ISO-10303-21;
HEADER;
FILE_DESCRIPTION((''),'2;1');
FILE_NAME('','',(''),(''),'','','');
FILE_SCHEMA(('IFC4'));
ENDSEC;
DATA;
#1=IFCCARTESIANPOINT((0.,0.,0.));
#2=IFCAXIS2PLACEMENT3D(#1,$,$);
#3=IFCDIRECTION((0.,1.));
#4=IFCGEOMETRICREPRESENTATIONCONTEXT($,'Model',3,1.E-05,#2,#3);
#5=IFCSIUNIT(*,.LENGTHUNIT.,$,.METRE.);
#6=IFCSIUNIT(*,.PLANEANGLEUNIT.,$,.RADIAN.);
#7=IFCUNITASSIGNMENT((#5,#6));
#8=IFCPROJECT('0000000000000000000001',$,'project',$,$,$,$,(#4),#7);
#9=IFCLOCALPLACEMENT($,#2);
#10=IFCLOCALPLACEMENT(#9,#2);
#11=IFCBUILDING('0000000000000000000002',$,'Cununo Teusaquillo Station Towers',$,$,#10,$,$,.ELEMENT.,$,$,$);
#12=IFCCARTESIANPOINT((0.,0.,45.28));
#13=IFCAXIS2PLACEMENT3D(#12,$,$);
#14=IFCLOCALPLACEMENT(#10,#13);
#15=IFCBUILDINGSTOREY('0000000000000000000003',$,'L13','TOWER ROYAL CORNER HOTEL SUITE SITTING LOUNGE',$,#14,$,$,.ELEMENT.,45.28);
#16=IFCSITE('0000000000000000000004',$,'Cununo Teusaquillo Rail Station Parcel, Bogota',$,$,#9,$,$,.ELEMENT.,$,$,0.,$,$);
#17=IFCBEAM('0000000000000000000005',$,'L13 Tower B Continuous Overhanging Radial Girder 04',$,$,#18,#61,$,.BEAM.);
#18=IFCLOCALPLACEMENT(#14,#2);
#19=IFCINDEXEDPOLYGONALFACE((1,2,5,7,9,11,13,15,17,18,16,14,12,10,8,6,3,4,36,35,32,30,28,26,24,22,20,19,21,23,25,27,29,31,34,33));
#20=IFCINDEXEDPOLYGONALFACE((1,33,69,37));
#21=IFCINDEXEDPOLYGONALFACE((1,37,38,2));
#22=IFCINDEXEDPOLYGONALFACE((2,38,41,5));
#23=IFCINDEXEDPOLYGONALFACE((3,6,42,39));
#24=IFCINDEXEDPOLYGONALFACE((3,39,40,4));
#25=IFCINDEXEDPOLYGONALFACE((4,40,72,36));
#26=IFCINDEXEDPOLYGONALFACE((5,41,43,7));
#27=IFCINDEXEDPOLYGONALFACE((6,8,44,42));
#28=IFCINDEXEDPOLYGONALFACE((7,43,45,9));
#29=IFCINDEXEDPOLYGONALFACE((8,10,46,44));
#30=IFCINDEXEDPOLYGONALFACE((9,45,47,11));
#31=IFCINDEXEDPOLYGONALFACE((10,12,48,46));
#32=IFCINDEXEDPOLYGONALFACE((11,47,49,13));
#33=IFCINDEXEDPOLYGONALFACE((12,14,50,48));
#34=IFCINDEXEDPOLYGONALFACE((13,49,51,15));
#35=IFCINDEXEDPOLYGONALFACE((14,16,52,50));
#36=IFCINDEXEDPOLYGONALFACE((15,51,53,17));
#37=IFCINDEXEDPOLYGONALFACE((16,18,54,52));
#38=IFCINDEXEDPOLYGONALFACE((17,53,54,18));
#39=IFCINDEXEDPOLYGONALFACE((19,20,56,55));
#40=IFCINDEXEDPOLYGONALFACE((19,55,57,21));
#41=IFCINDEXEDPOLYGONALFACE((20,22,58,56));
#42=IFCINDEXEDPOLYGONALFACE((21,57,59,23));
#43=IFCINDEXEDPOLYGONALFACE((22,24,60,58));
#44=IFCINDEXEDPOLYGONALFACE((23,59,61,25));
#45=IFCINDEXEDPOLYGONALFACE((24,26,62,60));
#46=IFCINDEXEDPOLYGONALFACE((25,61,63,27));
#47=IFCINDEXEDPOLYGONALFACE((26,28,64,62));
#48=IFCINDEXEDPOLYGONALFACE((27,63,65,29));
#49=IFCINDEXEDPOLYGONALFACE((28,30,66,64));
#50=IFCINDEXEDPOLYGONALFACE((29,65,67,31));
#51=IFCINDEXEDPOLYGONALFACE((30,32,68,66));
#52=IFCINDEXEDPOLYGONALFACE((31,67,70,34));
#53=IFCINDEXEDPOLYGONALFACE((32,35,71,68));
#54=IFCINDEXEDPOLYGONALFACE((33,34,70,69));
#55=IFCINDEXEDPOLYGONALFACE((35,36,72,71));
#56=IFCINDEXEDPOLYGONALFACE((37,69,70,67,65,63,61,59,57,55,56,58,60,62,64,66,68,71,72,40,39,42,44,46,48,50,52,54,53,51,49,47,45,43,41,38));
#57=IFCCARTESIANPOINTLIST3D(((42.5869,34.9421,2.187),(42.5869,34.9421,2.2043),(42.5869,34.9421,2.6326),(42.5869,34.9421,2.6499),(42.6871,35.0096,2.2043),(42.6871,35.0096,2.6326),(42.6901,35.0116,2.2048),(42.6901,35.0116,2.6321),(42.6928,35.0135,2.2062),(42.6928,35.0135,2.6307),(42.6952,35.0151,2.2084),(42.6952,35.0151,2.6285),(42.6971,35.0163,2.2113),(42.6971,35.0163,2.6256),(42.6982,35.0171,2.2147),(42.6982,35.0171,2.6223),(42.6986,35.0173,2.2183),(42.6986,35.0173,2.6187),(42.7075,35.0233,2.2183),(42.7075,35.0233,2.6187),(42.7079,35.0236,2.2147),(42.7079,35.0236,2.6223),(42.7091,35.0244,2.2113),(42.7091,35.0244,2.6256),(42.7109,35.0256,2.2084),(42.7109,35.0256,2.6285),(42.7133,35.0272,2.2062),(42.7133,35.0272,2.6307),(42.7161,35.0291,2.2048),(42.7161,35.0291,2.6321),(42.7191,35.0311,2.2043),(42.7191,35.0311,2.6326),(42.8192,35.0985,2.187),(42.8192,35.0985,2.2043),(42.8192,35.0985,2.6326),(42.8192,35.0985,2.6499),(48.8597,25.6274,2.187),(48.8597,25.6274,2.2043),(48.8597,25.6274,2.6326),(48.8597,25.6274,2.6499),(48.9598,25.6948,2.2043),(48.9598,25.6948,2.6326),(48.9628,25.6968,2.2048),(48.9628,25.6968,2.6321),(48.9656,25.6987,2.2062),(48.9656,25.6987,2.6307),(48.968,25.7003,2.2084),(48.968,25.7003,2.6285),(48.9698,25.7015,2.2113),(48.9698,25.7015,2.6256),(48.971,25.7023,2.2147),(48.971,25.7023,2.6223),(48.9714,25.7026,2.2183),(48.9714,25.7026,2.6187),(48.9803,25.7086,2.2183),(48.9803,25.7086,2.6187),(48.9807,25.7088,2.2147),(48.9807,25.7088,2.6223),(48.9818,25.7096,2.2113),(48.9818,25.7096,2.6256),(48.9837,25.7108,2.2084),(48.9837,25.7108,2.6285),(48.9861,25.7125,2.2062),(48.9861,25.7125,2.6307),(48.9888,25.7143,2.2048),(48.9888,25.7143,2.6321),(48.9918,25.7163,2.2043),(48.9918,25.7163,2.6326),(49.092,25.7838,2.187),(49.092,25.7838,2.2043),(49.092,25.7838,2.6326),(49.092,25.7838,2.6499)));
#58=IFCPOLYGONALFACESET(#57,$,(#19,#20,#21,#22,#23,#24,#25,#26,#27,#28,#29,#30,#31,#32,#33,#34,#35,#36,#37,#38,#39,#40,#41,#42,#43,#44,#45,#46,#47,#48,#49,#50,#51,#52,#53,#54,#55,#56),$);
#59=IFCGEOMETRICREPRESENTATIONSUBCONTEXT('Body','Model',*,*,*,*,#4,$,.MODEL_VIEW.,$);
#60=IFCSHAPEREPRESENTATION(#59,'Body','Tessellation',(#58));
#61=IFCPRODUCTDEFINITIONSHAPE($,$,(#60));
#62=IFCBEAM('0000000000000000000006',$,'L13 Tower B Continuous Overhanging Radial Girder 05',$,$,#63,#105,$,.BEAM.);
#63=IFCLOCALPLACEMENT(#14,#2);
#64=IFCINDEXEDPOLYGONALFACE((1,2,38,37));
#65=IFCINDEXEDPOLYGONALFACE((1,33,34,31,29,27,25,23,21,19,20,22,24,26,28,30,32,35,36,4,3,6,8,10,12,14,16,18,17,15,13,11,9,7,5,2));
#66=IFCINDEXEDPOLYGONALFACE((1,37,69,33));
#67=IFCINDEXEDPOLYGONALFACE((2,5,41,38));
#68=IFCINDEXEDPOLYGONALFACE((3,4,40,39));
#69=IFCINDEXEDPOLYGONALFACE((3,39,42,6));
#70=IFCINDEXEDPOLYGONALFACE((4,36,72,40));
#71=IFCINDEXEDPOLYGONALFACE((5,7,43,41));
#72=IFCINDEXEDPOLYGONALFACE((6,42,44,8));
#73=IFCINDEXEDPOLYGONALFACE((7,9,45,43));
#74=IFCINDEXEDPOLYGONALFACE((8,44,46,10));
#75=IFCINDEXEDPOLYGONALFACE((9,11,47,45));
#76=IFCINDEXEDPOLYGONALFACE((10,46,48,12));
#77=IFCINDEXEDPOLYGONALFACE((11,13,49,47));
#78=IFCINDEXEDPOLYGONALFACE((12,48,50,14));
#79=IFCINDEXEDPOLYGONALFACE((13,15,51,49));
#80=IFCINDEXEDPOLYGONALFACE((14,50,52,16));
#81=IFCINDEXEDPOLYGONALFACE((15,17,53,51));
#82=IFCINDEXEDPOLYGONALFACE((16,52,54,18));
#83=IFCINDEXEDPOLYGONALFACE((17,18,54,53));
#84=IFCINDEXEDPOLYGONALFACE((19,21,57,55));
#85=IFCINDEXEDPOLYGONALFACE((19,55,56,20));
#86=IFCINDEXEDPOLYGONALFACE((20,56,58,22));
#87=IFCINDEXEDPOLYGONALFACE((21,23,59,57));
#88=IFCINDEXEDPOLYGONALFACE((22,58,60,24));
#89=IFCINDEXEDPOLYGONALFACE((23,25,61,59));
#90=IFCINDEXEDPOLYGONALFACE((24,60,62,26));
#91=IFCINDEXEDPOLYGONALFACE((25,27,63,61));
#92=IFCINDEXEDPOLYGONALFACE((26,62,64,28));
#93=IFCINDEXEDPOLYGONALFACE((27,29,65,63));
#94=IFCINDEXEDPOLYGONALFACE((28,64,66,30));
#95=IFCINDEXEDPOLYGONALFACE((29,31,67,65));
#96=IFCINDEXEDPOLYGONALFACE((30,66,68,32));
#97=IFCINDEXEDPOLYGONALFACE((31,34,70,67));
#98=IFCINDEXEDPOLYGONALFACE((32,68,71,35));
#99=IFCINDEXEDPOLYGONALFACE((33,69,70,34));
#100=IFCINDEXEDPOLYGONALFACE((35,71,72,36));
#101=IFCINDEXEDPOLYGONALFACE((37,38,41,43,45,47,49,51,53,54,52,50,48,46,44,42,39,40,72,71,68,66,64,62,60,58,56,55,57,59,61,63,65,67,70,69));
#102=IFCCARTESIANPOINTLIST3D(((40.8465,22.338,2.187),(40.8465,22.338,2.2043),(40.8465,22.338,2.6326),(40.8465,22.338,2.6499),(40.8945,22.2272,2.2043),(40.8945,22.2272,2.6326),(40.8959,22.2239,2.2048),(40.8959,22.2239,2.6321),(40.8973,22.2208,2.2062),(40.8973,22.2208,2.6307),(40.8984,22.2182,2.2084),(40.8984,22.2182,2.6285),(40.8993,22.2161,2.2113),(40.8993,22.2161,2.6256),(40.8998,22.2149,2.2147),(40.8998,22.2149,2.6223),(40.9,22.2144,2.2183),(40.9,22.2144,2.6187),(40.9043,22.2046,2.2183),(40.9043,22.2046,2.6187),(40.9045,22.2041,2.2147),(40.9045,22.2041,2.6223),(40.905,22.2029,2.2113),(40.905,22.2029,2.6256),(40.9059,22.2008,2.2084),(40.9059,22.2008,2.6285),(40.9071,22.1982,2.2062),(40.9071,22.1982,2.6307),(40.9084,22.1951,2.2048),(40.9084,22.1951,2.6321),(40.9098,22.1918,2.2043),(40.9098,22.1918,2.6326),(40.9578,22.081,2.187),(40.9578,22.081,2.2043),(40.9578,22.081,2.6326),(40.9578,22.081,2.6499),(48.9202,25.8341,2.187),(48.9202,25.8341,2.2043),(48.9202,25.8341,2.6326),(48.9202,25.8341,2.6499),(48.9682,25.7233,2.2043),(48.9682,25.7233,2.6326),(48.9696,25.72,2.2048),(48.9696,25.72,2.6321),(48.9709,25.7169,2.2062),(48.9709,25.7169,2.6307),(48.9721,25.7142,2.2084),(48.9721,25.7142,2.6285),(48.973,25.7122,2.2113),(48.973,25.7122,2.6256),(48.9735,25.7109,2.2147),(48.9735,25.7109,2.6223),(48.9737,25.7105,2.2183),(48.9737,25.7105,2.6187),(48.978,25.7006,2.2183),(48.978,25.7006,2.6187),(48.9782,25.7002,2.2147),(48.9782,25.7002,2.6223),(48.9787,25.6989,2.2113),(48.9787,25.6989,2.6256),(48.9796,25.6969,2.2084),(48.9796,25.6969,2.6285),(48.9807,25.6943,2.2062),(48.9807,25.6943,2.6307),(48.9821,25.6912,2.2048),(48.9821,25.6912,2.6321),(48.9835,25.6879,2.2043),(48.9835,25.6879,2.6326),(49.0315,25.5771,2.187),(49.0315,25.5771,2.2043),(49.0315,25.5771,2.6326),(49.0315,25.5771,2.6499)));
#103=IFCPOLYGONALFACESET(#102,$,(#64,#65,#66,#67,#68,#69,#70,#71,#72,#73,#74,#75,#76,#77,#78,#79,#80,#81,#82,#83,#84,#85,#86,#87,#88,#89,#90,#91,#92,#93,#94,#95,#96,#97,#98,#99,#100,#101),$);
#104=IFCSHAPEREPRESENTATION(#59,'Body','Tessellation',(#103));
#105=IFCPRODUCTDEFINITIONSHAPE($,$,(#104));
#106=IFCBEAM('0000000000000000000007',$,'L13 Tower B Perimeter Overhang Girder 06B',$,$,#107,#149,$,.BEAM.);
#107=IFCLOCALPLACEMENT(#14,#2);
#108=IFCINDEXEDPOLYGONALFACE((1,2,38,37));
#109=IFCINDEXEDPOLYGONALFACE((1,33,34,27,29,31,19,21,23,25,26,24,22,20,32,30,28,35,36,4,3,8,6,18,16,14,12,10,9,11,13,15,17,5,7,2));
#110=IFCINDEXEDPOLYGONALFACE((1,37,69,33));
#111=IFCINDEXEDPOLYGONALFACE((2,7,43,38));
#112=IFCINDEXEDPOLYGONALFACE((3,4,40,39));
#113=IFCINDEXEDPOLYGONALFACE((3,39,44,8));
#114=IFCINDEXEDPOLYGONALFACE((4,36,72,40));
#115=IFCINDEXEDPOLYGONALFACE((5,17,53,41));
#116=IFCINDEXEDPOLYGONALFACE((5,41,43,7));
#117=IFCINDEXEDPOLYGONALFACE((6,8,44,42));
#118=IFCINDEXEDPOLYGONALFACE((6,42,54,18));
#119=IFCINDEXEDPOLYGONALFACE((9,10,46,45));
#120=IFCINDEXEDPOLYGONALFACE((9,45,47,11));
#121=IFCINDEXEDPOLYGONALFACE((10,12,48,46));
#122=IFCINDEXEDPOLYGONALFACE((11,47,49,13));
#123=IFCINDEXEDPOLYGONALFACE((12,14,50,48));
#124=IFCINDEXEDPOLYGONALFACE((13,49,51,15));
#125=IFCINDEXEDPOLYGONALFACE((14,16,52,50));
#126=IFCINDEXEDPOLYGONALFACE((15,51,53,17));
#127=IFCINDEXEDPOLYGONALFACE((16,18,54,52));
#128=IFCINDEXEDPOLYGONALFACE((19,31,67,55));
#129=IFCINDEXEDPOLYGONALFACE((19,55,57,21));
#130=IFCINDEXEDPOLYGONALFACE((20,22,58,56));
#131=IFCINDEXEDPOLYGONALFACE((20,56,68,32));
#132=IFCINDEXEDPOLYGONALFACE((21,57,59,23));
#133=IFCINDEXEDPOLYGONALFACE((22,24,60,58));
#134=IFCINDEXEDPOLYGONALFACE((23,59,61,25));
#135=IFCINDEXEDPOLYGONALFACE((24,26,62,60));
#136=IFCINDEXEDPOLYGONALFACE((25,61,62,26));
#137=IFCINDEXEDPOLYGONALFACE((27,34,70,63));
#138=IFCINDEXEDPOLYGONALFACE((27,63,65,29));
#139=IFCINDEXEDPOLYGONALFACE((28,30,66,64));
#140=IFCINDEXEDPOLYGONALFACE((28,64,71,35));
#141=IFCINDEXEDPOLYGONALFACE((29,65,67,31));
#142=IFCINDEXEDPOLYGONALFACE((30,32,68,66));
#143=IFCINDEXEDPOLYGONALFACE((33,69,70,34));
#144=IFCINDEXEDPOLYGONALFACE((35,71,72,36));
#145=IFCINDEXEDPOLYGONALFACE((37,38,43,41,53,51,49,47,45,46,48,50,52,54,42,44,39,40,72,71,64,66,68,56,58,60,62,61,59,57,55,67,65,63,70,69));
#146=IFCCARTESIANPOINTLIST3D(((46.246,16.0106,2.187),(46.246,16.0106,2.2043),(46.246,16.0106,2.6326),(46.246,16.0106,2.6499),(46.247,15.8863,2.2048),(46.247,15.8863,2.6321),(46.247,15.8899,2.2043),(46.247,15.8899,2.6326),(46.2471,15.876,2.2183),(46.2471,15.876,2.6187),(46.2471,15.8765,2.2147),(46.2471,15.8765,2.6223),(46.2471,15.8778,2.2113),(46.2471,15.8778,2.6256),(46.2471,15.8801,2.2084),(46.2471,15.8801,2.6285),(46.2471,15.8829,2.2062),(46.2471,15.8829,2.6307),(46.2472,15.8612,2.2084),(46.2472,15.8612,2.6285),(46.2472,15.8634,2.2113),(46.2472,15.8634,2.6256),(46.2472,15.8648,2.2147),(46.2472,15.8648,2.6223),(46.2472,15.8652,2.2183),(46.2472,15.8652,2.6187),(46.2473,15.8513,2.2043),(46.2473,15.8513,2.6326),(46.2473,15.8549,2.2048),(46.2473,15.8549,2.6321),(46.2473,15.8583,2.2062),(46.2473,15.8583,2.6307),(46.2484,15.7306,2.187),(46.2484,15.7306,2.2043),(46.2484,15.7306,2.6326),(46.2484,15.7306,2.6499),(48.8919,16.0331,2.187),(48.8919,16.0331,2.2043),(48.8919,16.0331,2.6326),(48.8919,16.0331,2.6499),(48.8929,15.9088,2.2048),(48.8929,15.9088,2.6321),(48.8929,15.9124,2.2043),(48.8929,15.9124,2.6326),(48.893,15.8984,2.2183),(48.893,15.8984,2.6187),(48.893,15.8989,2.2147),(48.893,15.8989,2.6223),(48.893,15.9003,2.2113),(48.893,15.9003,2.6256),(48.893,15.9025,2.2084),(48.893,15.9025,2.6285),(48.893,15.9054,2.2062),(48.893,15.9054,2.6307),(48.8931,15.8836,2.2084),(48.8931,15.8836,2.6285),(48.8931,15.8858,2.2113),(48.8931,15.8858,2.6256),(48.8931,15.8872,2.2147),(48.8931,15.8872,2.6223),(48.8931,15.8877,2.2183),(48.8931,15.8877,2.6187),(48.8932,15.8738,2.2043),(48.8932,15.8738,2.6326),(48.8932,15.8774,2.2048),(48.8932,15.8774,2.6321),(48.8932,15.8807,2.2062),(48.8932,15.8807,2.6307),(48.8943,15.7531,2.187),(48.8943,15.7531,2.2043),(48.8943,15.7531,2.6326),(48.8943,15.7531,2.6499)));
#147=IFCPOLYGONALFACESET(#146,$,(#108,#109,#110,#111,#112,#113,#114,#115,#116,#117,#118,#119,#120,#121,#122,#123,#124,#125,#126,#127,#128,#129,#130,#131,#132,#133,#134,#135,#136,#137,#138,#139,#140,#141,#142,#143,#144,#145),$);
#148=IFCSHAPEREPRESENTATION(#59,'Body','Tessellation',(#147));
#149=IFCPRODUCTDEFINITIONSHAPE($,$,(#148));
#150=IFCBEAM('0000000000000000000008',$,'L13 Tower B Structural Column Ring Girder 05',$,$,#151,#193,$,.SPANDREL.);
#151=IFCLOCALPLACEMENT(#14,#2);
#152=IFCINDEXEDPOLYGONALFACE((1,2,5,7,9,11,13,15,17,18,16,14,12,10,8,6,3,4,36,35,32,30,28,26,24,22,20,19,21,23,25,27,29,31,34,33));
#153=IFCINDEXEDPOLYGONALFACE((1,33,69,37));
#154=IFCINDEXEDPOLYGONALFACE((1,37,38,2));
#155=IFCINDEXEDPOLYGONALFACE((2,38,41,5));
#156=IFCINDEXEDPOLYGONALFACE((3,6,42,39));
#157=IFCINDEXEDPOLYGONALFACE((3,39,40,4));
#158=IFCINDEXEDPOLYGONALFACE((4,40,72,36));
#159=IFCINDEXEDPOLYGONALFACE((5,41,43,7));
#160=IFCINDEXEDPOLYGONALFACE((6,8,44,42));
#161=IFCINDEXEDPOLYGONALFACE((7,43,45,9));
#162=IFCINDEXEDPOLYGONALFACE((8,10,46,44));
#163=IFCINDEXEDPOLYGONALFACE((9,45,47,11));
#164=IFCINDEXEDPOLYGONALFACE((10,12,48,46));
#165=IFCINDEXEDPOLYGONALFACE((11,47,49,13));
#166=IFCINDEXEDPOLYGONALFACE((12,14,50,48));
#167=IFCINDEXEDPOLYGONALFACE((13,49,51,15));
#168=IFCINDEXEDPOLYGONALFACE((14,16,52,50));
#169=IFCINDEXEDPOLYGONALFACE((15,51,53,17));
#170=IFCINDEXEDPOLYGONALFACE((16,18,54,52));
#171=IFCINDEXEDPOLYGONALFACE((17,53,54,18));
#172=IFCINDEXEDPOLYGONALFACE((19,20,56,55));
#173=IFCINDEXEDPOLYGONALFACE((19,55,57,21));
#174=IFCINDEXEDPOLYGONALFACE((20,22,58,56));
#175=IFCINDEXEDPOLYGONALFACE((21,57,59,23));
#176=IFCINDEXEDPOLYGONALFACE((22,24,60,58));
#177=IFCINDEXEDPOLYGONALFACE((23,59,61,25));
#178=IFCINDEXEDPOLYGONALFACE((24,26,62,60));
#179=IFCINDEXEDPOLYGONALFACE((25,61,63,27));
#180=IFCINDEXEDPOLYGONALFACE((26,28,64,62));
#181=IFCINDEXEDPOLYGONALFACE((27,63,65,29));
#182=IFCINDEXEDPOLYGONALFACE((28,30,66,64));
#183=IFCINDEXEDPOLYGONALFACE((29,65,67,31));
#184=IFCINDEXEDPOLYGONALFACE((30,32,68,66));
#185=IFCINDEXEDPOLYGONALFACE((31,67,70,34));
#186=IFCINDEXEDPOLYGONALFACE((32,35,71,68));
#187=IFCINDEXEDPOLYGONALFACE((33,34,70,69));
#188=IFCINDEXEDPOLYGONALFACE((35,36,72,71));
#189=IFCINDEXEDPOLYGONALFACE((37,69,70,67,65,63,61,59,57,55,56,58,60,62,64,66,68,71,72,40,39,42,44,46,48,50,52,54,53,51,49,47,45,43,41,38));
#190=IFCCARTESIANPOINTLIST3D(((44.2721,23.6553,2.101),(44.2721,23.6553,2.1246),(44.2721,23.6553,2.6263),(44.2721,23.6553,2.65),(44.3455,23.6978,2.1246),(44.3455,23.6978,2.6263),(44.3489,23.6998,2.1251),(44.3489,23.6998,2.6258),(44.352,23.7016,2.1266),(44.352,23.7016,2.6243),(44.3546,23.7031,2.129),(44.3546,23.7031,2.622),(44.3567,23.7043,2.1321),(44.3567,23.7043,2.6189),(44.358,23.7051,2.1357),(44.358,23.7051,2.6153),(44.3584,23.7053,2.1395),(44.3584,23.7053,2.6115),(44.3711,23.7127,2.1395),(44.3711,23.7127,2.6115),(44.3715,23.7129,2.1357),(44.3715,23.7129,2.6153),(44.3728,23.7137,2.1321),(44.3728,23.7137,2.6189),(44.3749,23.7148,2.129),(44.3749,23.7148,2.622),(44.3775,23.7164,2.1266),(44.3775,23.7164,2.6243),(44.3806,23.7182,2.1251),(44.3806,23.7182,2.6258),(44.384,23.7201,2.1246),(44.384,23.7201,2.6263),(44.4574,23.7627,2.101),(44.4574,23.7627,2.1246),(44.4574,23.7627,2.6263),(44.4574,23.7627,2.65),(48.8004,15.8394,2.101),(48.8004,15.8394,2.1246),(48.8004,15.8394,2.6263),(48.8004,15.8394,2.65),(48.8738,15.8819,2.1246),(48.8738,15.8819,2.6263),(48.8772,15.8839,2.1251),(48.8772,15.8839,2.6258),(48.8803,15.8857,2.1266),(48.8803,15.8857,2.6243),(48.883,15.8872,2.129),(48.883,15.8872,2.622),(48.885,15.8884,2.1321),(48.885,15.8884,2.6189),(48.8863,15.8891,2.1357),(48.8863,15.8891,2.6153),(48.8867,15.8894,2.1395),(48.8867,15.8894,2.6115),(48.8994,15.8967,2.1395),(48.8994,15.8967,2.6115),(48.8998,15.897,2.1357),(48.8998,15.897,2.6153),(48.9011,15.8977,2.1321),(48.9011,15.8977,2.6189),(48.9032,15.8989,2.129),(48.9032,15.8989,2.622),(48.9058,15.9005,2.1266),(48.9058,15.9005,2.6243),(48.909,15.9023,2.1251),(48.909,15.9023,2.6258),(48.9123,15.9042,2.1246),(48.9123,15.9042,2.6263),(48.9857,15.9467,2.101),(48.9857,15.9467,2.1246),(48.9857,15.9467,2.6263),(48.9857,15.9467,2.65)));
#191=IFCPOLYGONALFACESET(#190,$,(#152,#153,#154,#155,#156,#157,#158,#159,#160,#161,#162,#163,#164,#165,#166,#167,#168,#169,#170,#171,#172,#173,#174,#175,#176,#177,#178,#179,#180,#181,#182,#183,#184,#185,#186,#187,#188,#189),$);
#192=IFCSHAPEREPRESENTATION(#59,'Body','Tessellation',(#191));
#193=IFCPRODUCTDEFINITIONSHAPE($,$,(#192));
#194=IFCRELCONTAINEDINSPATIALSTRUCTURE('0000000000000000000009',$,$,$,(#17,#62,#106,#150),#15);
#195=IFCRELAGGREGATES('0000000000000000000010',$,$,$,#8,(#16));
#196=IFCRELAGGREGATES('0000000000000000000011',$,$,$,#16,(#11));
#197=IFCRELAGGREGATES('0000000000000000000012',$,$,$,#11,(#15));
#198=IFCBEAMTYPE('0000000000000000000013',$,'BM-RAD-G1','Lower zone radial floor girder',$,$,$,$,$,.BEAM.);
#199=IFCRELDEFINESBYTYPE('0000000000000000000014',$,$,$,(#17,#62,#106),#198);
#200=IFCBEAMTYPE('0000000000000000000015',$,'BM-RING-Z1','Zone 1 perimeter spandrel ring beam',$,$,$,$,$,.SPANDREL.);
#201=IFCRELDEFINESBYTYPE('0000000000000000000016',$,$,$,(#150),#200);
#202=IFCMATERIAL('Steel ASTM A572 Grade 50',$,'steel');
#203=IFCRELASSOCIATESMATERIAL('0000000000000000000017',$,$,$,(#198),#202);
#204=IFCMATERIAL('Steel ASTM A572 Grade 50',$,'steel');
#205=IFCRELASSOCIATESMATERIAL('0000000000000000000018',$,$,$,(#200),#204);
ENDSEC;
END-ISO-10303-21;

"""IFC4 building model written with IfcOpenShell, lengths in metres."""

from ifc_helpers import new_model, si_unit, direction, frame, origin, origin_2d, place, context, subcontext, project, spatial, i_section, extrude, material, material_profile, profile_set, type_object, element, save


model = new_model("IFC4")

# Units and contexts
model_context = context("Model", 3, precision=1e-05, world=origin(), true_north=direction((0.0, 1.0)))
body_context = subcontext(model_context, "Body", "Model", "MODEL_VIEW")
ifc_project = project(units=[si_unit("LENGTHUNIT", "METRE"), si_unit("PLANEANGLEUNIT", "RADIAN")], contexts=[model_context])

# Site, building, storey
site_placement = place(None, origin())
site = spatial("IfcSite", under=ifc_project, at=site_placement, Name="Cununo Teusaquillo Rail Station Parcel, Bogota", CompositionType="ELEMENT", RefElevation=0.0)
building_placement = place(site_placement, origin())
building = spatial("IfcBuilding", under=site, at=building_placement, Name="Cununo Teusaquillo Station Towers", CompositionType="ELEMENT")
storey_placement = place(building_placement, frame((0.0, 0.0, 45.28)))
storey = spatial("IfcBuildingStorey", under=building, at=storey_placement, Name="L13", Description="TOWER ROYAL CORNER HOTEL SUITE SITTING LOUNGE", CompositionType="ELEMENT", Elevation=45.28)

# Beams
ifc_material_1 = material(Name="Steel ASTM A572 Grade 50", Category="steel")
ifc_material_profile_1 = material_profile(ifc_material_1, i_section(OverallWidth=0.28, OverallDepth=0.4629, WebThickness=0.0107, FlangeThickness=0.0173, FilletRadius=0.0139, at=origin_2d()), Name="W18X76")
ifc_profile_set_1 = profile_set([ifc_material_profile_1], Name="Steel ASTM A572 Grade 50")
beam_type_1 = type_object("IfcBeamType", Name="BM-RAD-G1", Description="Lower zone radial floor girder", PredefinedType="BEAM", material=ifc_profile_set_1)
beam_1_placement = place(storey_placement, frame((48.9758, 25.7056, 2.4185), z_axis=(-0.558572, 0.829456, 0.0), x_axis=(-0.829456, -0.558572, 0.0)))
element("IfcBeam", 1, at=beam_1_placement, inside=storey, type_object=beam_type_1, Name="L13 Tower B Continuous Overhanging Radial Girder 04", PredefinedType="BEAM", context=body_context, shape_type="SweptSolid", body=[
    extrude(i_section(OverallWidth=0.28, OverallDepth=0.4629, WebThickness=0.0107, FlangeThickness=0.0173, FilletRadius=0.0139, at=origin_2d()), origin(), (0.0, 0.0, 1.0), 11.23),
])
beam_2_placement = place(storey_placement, frame((48.9758, 25.7056, 2.4185), z_axis=(-0.91766, -0.397366, 0.0), x_axis=(0.397366, -0.91766, 0.0)))
element("IfcBeam", 2, at=beam_2_placement, inside=storey, type_object=beam_type_1, Name="L13 Tower B Continuous Overhanging Radial Girder 05", PredefinedType="BEAM", context=body_context, shape_type="SweptSolid", body=[
    extrude(i_section(OverallWidth=0.28, OverallDepth=0.4629, WebThickness=0.0107, FlangeThickness=0.0173, FilletRadius=0.0139, at=origin_2d()), origin(), (0.0, 0.0, 1.0), 8.7981),
])
beam_3_placement = place(storey_placement, frame((48.8931, 15.8931, 2.4185), z_axis=(-0.999964, -0.008488, 0.0), x_axis=(0.008488, -0.999964, 0.0)))
element("IfcBeam", 3, at=beam_3_placement, inside=storey, type_object=beam_type_1, Name="L13 Tower B Perimeter Overhang Girder 06B", PredefinedType="BEAM", context=body_context, shape_type="SweptSolid", body=[
    extrude(i_section(OverallWidth=0.28, OverallDepth=0.4629, WebThickness=0.0107, FlangeThickness=0.0173, FilletRadius=0.0139, at=origin_2d()), origin(), (0.0, 0.0, 1.0), 2.646),
])
ifc_material_2 = material(Name="Steel ASTM A572 Grade 50", Category="steel")
ifc_material_profile_2 = material_profile(ifc_material_2, i_section(OverallWidth=0.2141, OverallDepth=0.5491, WebThickness=0.0146, FlangeThickness=0.0237, FilletRadius=0.0149, at=origin_2d()), Name="W21X93")
ifc_profile_set_2 = profile_set([ifc_material_profile_2], Name="Steel ASTM A572 Grade 50")
beam_type_2 = type_object("IfcBeamType", Name="BM-RING-Z1", Description="Zone 1 perimeter spandrel ring beam", PredefinedType="SPANDREL", material=ifc_profile_set_2)
for number, where, z_axis, x_axis, name in (
    (4, (44.3647, 23.709, 2.3755), (0.501311, -0.865267, 0.0), (0.865267, 0.501311, 0.0), "L13 Tower B Structural Column Ring Girder 05"),
):
    element("IfcBeam", number, at=place(storey_placement, frame(where, z_axis=z_axis, x_axis=x_axis)), inside=storey, type_object=beam_type_2, Name=name, PredefinedType="SPANDREL", context=body_context, shape_type="SweptSolid", body=[
        extrude(i_section(OverallWidth=0.2141, OverallDepth=0.5491, WebThickness=0.0146, FlangeThickness=0.0237, FilletRadius=0.0149, at=origin_2d()), origin(), (0.0, 0.0, 1.0), 9.033),
    ])

save(model, "model.ifc")
